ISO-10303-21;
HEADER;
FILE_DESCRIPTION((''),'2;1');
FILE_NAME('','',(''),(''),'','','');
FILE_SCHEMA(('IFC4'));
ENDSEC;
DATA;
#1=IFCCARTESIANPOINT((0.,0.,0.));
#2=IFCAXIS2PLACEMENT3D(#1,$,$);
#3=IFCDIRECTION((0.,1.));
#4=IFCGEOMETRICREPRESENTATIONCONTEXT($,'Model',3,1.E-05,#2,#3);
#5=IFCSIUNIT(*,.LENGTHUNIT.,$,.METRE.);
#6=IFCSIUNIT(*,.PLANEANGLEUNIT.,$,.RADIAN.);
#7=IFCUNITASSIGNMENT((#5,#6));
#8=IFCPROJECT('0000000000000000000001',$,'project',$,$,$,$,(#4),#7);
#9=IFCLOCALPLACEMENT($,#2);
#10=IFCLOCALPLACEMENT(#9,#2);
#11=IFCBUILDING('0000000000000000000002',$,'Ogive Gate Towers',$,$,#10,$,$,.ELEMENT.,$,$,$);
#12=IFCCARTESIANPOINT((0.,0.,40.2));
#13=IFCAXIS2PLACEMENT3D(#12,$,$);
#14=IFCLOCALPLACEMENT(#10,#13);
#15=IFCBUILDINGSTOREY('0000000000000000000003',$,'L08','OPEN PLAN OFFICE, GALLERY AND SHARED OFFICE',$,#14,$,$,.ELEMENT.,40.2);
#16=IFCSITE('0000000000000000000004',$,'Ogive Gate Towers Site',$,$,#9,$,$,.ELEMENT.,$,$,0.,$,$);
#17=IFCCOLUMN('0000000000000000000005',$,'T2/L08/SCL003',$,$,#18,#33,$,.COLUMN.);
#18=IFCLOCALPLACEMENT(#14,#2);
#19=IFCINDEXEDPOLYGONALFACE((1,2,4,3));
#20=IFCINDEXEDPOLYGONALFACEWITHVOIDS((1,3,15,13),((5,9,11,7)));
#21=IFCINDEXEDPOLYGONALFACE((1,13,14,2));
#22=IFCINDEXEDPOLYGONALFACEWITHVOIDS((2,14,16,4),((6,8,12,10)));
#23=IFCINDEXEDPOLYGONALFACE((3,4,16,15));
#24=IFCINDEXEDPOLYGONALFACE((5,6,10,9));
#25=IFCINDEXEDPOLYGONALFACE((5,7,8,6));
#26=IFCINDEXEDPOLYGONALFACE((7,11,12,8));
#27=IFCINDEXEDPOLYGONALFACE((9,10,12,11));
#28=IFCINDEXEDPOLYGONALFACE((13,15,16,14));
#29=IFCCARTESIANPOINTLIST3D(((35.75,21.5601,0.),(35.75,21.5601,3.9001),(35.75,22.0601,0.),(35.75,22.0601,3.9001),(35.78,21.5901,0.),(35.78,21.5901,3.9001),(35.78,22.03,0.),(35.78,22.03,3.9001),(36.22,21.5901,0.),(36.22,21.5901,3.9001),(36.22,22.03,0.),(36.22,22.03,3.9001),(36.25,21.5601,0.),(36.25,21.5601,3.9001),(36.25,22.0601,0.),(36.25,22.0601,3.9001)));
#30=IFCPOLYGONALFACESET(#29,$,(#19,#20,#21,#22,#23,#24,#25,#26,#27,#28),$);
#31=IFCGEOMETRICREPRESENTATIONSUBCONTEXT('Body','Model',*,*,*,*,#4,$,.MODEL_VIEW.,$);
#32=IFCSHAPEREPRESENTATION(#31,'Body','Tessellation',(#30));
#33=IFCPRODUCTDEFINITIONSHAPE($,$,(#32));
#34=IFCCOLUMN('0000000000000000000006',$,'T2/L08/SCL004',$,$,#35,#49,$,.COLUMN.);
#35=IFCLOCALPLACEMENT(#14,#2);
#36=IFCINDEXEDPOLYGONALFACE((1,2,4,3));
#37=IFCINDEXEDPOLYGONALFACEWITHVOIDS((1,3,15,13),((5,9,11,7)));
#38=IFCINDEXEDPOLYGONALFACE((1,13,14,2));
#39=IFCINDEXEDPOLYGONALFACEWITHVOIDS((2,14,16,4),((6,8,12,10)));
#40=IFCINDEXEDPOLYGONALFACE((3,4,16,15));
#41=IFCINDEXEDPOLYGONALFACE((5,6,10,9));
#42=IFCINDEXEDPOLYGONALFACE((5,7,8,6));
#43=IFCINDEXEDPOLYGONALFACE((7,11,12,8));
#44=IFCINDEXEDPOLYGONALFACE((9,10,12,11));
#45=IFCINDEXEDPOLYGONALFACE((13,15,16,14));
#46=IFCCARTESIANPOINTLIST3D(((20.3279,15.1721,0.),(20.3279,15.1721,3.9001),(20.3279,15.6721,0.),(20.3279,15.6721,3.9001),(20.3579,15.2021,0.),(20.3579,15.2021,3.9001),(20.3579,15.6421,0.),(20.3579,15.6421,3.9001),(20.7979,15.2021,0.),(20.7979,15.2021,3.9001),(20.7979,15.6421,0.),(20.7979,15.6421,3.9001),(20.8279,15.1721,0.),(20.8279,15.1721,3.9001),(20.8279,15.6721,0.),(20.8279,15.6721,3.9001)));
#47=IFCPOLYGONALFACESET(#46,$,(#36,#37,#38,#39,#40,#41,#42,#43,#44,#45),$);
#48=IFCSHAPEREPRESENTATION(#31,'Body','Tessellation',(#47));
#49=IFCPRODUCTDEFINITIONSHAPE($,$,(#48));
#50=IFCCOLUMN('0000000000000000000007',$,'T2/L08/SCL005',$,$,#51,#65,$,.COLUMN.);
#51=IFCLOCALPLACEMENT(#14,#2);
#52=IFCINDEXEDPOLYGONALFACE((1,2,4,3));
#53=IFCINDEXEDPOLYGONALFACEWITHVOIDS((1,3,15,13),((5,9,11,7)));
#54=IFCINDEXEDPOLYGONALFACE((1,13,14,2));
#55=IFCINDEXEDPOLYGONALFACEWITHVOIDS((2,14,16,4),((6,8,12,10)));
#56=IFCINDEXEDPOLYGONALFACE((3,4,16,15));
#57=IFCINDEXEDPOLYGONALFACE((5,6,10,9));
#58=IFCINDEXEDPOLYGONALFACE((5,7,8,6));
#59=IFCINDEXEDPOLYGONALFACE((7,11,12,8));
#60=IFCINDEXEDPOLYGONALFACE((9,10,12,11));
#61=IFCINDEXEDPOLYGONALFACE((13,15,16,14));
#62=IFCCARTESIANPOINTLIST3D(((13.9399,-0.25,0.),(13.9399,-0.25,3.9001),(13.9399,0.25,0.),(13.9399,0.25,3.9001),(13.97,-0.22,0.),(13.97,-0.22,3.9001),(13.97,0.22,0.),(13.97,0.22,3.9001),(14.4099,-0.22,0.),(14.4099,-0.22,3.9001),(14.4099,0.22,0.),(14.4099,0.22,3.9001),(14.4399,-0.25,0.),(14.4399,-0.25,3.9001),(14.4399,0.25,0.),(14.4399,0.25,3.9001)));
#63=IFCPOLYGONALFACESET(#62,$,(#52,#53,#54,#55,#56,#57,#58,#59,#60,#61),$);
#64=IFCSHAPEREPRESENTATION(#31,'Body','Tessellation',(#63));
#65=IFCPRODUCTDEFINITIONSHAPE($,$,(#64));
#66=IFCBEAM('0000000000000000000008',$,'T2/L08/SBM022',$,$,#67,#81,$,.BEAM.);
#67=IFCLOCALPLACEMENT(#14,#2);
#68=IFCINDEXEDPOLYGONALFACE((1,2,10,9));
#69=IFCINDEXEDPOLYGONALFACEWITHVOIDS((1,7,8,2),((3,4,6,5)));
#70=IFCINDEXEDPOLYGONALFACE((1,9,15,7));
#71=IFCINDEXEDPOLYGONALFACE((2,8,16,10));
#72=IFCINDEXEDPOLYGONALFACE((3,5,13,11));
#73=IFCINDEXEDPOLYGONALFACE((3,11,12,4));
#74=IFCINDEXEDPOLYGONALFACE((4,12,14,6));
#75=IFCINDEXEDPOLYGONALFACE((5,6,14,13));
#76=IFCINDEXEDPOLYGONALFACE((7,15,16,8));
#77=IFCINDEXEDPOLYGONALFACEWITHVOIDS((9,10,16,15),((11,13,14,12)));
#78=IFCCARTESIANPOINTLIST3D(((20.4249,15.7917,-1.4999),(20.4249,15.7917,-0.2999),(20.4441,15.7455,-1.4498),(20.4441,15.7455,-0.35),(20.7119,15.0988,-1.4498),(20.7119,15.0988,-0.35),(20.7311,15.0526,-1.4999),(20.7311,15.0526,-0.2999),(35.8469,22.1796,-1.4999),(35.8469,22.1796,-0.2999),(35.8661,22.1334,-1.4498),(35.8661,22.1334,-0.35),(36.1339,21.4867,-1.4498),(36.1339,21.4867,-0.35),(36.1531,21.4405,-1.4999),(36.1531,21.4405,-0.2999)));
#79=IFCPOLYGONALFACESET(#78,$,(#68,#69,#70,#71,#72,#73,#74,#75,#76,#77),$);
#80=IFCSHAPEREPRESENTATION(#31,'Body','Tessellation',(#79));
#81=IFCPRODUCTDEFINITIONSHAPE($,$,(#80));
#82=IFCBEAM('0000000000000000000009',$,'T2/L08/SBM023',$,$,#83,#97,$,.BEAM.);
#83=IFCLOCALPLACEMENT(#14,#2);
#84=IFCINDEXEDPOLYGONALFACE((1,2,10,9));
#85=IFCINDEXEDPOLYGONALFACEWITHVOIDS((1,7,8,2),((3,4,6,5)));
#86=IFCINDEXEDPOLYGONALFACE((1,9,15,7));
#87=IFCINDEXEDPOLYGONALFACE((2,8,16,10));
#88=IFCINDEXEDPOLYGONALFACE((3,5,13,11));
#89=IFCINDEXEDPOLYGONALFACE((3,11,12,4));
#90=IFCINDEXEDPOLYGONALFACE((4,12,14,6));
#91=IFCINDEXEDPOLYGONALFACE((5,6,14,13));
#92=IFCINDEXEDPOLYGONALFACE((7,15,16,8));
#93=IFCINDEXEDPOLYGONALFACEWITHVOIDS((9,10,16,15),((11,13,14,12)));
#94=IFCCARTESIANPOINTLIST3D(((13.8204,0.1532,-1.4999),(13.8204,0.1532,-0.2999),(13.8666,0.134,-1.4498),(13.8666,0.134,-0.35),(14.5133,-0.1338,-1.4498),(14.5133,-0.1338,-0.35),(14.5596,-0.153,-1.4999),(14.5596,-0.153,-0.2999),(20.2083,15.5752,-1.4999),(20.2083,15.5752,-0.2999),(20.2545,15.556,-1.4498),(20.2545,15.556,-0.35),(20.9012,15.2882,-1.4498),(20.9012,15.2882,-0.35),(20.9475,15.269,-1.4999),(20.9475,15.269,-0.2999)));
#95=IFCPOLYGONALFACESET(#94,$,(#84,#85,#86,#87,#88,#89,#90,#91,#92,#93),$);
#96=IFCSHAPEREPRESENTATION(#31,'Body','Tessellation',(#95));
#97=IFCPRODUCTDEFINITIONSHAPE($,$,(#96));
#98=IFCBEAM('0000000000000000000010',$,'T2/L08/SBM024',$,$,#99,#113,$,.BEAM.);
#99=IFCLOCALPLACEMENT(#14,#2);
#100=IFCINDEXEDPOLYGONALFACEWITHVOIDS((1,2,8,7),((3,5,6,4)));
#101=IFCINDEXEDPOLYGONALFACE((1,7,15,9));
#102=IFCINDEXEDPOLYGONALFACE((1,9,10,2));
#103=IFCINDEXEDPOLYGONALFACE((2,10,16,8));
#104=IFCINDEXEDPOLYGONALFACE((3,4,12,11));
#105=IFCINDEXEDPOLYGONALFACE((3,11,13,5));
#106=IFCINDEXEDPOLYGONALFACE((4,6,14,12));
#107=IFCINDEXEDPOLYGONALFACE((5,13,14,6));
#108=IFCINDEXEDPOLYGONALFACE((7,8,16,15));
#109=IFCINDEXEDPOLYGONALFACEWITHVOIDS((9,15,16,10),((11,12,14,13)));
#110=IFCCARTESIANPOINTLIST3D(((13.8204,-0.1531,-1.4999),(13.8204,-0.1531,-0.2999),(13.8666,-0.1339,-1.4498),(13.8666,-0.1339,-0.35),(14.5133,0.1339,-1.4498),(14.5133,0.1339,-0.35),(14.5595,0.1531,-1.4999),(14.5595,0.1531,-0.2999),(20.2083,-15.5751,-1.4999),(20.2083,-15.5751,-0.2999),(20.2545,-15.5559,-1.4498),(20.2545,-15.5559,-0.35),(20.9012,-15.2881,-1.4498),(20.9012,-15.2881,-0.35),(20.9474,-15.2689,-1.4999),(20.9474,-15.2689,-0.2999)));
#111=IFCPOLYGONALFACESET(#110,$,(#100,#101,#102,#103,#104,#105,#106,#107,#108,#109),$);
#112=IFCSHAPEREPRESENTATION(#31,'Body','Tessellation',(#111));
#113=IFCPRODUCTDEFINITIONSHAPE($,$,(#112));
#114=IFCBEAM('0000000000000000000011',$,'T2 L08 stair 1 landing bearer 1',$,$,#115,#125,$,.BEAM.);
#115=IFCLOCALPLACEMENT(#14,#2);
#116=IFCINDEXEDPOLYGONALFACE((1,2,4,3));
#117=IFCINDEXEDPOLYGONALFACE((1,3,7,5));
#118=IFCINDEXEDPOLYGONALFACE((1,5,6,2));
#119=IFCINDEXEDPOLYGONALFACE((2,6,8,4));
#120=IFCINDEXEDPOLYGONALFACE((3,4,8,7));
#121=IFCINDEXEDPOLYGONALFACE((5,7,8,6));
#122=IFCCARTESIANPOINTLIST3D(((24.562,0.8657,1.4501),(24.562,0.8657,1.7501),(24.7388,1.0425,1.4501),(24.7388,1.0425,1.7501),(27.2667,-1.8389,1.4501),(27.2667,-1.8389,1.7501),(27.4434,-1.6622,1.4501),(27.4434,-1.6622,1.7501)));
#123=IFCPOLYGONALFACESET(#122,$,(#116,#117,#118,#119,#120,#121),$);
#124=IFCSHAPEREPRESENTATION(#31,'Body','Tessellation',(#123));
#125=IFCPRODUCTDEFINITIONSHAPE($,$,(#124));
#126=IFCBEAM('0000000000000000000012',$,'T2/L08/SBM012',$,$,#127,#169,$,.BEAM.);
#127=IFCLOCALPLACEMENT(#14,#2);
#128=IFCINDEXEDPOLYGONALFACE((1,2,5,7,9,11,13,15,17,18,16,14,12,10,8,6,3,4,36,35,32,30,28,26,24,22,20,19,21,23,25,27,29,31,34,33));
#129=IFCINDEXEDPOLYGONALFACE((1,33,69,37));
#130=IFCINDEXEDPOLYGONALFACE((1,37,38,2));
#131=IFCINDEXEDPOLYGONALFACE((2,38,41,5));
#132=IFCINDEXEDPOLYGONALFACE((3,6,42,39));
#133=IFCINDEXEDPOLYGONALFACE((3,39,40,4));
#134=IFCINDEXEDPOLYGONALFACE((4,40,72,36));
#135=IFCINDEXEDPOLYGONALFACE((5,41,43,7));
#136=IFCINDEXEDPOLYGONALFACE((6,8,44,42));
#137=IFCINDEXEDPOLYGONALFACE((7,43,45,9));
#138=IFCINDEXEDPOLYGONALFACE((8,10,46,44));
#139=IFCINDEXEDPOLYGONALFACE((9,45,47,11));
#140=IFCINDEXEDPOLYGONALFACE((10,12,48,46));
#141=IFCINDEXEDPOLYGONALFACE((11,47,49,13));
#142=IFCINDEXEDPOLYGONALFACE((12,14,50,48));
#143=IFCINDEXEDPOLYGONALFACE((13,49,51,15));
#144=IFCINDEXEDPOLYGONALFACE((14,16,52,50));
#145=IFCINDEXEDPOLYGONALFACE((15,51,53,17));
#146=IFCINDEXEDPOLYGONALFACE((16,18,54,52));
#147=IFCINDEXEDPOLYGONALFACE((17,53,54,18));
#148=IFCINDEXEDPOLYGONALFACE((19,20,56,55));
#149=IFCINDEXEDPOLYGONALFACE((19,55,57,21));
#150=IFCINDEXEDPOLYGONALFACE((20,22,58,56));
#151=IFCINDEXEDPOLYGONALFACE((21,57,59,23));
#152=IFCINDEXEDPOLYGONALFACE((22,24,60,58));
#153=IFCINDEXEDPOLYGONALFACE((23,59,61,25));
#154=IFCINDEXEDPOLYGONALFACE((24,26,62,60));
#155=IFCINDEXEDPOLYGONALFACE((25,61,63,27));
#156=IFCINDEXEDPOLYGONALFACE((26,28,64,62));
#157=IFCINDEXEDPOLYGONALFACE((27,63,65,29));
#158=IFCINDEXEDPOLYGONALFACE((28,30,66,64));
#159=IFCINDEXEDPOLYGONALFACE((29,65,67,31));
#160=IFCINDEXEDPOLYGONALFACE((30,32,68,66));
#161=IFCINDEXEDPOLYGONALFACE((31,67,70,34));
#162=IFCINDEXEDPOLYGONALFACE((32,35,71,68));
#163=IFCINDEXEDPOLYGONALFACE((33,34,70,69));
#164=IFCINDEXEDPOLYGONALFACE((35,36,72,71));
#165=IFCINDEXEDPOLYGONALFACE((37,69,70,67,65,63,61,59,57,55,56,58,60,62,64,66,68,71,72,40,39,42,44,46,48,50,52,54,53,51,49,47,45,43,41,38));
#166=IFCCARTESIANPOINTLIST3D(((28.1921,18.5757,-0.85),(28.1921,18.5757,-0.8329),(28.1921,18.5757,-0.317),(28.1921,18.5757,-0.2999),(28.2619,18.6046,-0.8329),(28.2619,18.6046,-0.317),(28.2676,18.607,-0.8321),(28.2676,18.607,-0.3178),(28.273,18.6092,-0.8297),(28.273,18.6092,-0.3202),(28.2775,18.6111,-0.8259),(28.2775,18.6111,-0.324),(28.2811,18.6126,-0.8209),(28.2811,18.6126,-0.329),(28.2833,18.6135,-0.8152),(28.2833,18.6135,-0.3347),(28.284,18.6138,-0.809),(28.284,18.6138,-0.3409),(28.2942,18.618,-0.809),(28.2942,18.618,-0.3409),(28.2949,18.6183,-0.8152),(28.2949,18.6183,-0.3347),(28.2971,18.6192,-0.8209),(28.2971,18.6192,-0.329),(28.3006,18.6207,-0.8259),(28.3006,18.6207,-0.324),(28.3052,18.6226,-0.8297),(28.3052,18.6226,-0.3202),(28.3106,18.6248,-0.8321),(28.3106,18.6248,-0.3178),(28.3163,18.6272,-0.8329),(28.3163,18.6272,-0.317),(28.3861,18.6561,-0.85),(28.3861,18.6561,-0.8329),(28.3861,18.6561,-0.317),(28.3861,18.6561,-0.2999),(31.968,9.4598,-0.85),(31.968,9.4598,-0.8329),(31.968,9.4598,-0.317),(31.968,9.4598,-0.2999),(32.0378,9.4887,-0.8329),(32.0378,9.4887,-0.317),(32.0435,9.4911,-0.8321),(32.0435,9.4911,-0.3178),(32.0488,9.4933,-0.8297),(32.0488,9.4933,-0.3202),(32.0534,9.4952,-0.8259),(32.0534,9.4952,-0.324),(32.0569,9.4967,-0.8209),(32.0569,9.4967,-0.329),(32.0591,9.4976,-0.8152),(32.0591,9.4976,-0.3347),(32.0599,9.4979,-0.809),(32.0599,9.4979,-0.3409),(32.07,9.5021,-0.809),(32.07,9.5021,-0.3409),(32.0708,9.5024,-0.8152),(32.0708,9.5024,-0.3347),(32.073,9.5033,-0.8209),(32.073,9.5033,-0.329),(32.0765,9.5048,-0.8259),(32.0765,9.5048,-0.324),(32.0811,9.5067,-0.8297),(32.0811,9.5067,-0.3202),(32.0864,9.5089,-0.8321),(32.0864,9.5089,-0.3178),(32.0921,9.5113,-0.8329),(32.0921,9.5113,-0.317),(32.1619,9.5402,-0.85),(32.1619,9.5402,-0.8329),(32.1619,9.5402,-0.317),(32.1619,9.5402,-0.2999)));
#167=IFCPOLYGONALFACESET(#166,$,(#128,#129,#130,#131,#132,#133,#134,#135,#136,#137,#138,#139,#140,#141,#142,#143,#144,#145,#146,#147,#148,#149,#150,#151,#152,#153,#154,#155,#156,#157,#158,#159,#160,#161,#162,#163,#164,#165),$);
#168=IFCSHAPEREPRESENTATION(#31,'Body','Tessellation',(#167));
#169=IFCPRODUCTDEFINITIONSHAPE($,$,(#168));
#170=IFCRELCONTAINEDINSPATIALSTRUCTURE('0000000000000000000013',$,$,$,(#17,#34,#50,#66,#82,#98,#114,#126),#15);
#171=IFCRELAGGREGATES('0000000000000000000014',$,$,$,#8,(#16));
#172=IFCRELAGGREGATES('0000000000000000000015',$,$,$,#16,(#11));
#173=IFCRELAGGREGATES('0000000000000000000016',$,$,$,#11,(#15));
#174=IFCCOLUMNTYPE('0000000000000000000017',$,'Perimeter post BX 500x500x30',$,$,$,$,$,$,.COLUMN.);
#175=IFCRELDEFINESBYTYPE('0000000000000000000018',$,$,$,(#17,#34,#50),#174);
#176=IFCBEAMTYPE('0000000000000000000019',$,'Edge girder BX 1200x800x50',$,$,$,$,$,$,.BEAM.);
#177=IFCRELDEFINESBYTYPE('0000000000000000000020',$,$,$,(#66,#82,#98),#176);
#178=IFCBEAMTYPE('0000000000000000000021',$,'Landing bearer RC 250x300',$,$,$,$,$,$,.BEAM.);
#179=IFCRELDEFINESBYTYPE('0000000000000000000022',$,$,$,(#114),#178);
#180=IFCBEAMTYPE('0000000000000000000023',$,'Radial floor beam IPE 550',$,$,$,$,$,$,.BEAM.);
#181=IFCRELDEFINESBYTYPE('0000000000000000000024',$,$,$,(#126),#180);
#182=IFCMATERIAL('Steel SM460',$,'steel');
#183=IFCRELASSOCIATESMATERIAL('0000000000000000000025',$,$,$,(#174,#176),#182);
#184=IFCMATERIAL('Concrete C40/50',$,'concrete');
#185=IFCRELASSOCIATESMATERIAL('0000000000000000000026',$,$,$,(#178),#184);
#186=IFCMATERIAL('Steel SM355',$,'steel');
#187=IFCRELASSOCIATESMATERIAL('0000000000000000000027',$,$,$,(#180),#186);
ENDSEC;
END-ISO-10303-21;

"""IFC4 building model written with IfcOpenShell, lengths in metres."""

from ifc_helpers import new_model, si_unit, direction, frame, origin, origin_2d, place, context, subcontext, project, spatial, rectangle, hollow_rectangle, i_section, extrude, material, material_profile, profile_set, type_object, element, save


model = new_model("IFC4")

# Units and contexts
model_context = context("Model", 3, precision=1e-05, world=origin(), true_north=direction((0.0, 1.0)))
body_context = subcontext(model_context, "Body", "Model", "MODEL_VIEW")
ifc_project = project(units=[si_unit("LENGTHUNIT", "METRE"), si_unit("PLANEANGLEUNIT", "RADIAN")], contexts=[model_context])

# Site, building, storey
site_placement = place(None, origin())
site = spatial("IfcSite", under=ifc_project, at=site_placement, Name="Ogive Gate Towers Site", CompositionType="ELEMENT", RefElevation=0.0)
building_placement = place(site_placement, origin())
building = spatial("IfcBuilding", under=site, at=building_placement, Name="Ogive Gate Towers", CompositionType="ELEMENT")
storey_placement = place(building_placement, frame((0.0, 0.0, 40.2)))
storey = spatial("IfcBuildingStorey", under=building, at=storey_placement, Name="L08", Description="OPEN PLAN OFFICE, GALLERY AND SHARED OFFICE", CompositionType="ELEMENT", Elevation=40.2)

# Columns
ifc_material_1 = material(Name="Steel SM460", Category="steel")
ifc_material_profile_1 = material_profile(ifc_material_1, hollow_rectangle(XDim=0.5, YDim=0.5, WallThickness=0.03, at=origin_2d()), Name="BX 500x500x30")
ifc_profile_set_1 = profile_set([ifc_material_profile_1], Name="Steel SM460")
column_type = type_object("IfcColumnType", Name="Perimeter post BX 500x500x30", PredefinedType="COLUMN", material=ifc_profile_set_1)
for number, where, z_axis, x_axis, name in (
    (1, (36.0, 21.8101, 0.0), (0.0, 0.0, 1.0), (1.0, 0.0, 0.0), "T2/L08/SCL003"),
    (2, (20.5779, 15.4221, 0.0), (0.0, 0.0, 1.0), (1.0, 0.0, 0.0), "T2/L08/SCL004"),
    (3, (14.1899, 0.0, 0.0), (0.0, 0.0, 1.0), (1.0, 0.0, 0.0), "T2/L08/SCL005"),
):
    element("IfcColumn", number, at=place(storey_placement, frame(where, z_axis=z_axis, x_axis=x_axis)), inside=storey, type_object=column_type, Name=name, PredefinedType="COLUMN", context=body_context, shape_type="SweptSolid", body=[
        extrude(hollow_rectangle(XDim=0.5, YDim=0.5, WallThickness=0.03, at=origin_2d()), origin(), (0.0, 0.0, 1.0), 3.9001),
    ])

# Beams
ifc_material_profile_2 = material_profile(ifc_material_1, hollow_rectangle(XDim=0.8, YDim=1.2, WallThickness=0.05, at=origin_2d()), Name="BX 1200x800x50")
ifc_profile_set_2 = profile_set([ifc_material_profile_2], Name="Steel SM460")
beam_type_1 = type_object("IfcBeamType", Name="Edge girder BX 1200x800x50", PredefinedType="BEAM", material=ifc_profile_set_2)
for number, where, z_axis, x_axis, name in (
    (4, (36.0, 21.8101, -0.8999), (-0.923882, -0.382678, 0.0), (0.382678, -0.923882, 0.0), "T2/L08/SBM022"),
    (5, (20.5779, 15.4221, -0.8999), (-0.382678, -0.923882, 0.0), (0.923882, -0.382678, 0.0), "T2/L08/SBM023"),
    (6, (14.1899, 0.0, -0.8999), (0.382678, -0.923882, 0.0), (0.923882, 0.382678, 0.0), "T2/L08/SBM024"),
):
    element("IfcBeam", number, at=place(storey_placement, frame(where, z_axis=z_axis, x_axis=x_axis)), inside=storey, type_object=beam_type_1, Name=name, PredefinedType="BEAM", context=body_context, shape_type="SweptSolid", body=[
        extrude(hollow_rectangle(XDim=0.8, YDim=1.2, WallThickness=0.05, at=origin_2d()), origin(), (0.0, 0.0, 1.0), 16.6926),
    ])
ifc_material_2 = material(Name="Concrete C40/50", Category="concrete")
ifc_material_profile_3 = material_profile(ifc_material_2, rectangle(XDim=0.25, YDim=0.3, at=origin_2d()), Name="RC 250x300")
ifc_profile_set_3 = profile_set([ifc_material_profile_3], Name="Concrete C40/50")
beam_type_2 = type_object("IfcBeamType", Name="Landing bearer RC 250x300", PredefinedType="BEAM", material=ifc_profile_set_3)
beam_1_placement = place(storey_placement, frame((24.6504, 0.9541, 1.6001), z_axis=(0.707107, -0.707107, 0.0), x_axis=(0.707107, 0.707107, 0.0)))
element("IfcBeam", 7, at=beam_1_placement, inside=storey, type_object=beam_type_2, Name="T2 L08 stair 1 landing bearer 1", PredefinedType="BEAM", context=body_context, shape_type="SweptSolid", body=[
    extrude(rectangle(XDim=0.25, YDim=0.3, at=origin_2d()), origin(), (0.0, 0.0, 1.0), 3.825),
])
ifc_material_3 = material(Name="Steel SM355", Category="steel")
ifc_material_profile_4 = material_profile(ifc_material_3, i_section(OverallWidth=0.21, OverallDepth=0.55, WebThickness=0.011, FlangeThickness=0.0171, FilletRadius=0.0239, at=origin_2d()), Name="IPE 550")
ifc_profile_set_4 = profile_set([ifc_material_profile_4], Name="Steel SM355")
beam_type_3 = type_object("IfcBeamType", Name="Radial floor beam IPE 550", PredefinedType="BEAM", material=ifc_profile_set_4)
for number, where, z_axis, x_axis, name in (
    (8, (32.0649, 9.5, -0.575), (-0.382677, 0.923882, 0.0), (-0.923882, -0.382677, 0.0), "T2/L08/SBM012"),
):
    element("IfcBeam", number, at=place(storey_placement, frame(where, z_axis=z_axis, x_axis=x_axis)), inside=storey, type_object=beam_type_3, Name=name, PredefinedType="BEAM", context=body_context, shape_type="SweptSolid", body=[
        extrude(i_section(OverallWidth=0.21, OverallDepth=0.55, WebThickness=0.011, FlangeThickness=0.0171, FilletRadius=0.0239, at=origin_2d()), origin(), (0.0, 0.0, 1.0), 9.8669),
    ])

save(model, "model.ifc")
